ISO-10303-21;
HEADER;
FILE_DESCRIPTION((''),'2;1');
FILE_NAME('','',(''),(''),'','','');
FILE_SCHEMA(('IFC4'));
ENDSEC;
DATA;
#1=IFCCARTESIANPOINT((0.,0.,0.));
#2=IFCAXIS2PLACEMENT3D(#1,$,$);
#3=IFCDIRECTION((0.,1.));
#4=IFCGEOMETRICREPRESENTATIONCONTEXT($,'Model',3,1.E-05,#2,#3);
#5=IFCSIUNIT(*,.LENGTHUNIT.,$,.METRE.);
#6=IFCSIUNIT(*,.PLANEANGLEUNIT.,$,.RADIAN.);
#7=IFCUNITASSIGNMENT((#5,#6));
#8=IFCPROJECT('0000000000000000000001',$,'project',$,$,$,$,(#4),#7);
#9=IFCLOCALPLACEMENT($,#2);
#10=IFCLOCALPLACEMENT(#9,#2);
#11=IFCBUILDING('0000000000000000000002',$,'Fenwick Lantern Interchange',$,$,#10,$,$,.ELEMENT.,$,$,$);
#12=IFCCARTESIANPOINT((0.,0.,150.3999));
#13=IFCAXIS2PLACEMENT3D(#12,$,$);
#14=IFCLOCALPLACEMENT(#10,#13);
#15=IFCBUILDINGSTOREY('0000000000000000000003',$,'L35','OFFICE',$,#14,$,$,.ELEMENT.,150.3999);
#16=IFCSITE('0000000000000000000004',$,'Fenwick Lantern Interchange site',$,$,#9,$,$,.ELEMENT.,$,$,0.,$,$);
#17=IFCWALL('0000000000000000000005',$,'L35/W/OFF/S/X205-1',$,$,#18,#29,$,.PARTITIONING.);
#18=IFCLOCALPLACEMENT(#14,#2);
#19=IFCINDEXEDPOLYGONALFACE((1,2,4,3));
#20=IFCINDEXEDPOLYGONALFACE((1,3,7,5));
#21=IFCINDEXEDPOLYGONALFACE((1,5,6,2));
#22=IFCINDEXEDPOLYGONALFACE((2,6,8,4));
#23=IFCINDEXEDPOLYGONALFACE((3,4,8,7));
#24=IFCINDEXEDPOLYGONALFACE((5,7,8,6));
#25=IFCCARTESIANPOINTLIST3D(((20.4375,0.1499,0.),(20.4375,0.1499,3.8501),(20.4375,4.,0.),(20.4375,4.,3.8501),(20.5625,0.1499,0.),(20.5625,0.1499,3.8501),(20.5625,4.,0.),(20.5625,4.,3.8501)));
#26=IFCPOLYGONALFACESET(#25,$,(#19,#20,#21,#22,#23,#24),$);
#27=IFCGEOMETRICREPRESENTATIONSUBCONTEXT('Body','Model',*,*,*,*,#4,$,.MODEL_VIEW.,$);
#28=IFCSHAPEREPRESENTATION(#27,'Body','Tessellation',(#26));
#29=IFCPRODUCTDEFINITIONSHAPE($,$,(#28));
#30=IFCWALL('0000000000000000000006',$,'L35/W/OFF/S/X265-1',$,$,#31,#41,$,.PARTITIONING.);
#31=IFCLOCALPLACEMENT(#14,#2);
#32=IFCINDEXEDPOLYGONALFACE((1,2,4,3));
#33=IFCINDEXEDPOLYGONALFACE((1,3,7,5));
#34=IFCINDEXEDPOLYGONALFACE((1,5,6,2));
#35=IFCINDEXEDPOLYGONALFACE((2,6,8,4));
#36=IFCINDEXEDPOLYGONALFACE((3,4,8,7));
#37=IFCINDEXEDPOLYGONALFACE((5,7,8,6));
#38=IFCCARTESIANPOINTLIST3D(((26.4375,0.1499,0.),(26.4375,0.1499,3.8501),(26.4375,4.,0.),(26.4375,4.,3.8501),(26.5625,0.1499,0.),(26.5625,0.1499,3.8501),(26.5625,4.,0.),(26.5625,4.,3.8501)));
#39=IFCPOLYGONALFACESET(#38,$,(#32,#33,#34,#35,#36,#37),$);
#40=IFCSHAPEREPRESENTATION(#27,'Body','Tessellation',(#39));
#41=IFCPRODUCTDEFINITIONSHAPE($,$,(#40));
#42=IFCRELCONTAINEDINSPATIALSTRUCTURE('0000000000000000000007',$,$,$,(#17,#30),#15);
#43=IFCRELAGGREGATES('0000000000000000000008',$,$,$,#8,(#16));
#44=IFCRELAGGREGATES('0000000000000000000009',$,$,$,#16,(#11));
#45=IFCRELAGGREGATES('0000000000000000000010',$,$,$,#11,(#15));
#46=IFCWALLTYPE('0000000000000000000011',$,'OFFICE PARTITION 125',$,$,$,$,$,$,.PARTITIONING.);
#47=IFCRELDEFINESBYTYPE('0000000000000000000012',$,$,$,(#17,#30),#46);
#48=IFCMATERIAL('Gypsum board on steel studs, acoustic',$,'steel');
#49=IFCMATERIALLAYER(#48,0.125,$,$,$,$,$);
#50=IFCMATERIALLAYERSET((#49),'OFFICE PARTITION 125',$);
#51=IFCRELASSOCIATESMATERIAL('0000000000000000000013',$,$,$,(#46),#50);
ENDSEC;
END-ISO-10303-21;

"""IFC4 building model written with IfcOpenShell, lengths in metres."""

from ifc_helpers import new_model, si_unit, direction, frame, frame_2d, origin, place, context, subcontext, project, spatial, rectangle, extrude, material, layer, layer_set, type_object, element, save


model = new_model("IFC4")

# Units and contexts
model_context = context("Model", 3, precision=1e-05, world=origin(), true_north=direction((0.0, 1.0)))
body_context = subcontext(model_context, "Body", "Model", "MODEL_VIEW")
ifc_project = project(units=[si_unit("LENGTHUNIT", "METRE"), si_unit("PLANEANGLEUNIT", "RADIAN")], contexts=[model_context])

# Site, building, storey
site_placement = place(None, origin())
site = spatial("IfcSite", under=ifc_project, at=site_placement, Name="Fenwick Lantern Interchange site", CompositionType="ELEMENT", RefElevation=0.0)
building_placement = place(site_placement, origin())
building = spatial("IfcBuilding", under=site, at=building_placement, Name="Fenwick Lantern Interchange", CompositionType="ELEMENT")
storey_placement = place(building_placement, frame((0.0, 0.0, 150.3999)))
storey = spatial("IfcBuildingStorey", under=building, at=storey_placement, Name="L35", Description="OFFICE", CompositionType="ELEMENT", Elevation=150.3999)

# Walls
ifc_material_1 = material(Name="Gypsum board on steel studs, acoustic", Category="steel")
ifc_layer_1 = layer(ifc_material_1, 0.125)
ifc_layer_set_1 = layer_set([ifc_layer_1], Name="OFFICE PARTITION 125")
wall_type_1 = type_object("IfcWallType", Name="OFFICE PARTITION 125", PredefinedType="PARTITIONING", material=ifc_layer_set_1)
for number, where, z_axis, x_axis, name in (
    (1, (20.5, 0.1499, 0.0), (0.0, 0.0, 1.0), (0.0, 1.0, 0.0), "L35/W/OFF/S/X205-1"),
    (2, (26.5, 0.1499, 0.0), (0.0, 0.0, 1.0), (0.0, 1.0, 0.0), "L35/W/OFF/S/X265-1"),
):
    element("IfcWall", number, at=place(storey_placement, frame(where, z_axis=z_axis, x_axis=x_axis)), inside=storey, type_object=wall_type_1, Name=name, PredefinedType="PARTITIONING", context=body_context, shape_type="SweptSolid", body=[
        extrude(rectangle(XDim=3.8501, YDim=0.125, at=frame_2d((1.925, 0.0))), origin(), (0.0, 0.0, 1.0), 3.8501),
    ])

save(model, "model.ifc")
